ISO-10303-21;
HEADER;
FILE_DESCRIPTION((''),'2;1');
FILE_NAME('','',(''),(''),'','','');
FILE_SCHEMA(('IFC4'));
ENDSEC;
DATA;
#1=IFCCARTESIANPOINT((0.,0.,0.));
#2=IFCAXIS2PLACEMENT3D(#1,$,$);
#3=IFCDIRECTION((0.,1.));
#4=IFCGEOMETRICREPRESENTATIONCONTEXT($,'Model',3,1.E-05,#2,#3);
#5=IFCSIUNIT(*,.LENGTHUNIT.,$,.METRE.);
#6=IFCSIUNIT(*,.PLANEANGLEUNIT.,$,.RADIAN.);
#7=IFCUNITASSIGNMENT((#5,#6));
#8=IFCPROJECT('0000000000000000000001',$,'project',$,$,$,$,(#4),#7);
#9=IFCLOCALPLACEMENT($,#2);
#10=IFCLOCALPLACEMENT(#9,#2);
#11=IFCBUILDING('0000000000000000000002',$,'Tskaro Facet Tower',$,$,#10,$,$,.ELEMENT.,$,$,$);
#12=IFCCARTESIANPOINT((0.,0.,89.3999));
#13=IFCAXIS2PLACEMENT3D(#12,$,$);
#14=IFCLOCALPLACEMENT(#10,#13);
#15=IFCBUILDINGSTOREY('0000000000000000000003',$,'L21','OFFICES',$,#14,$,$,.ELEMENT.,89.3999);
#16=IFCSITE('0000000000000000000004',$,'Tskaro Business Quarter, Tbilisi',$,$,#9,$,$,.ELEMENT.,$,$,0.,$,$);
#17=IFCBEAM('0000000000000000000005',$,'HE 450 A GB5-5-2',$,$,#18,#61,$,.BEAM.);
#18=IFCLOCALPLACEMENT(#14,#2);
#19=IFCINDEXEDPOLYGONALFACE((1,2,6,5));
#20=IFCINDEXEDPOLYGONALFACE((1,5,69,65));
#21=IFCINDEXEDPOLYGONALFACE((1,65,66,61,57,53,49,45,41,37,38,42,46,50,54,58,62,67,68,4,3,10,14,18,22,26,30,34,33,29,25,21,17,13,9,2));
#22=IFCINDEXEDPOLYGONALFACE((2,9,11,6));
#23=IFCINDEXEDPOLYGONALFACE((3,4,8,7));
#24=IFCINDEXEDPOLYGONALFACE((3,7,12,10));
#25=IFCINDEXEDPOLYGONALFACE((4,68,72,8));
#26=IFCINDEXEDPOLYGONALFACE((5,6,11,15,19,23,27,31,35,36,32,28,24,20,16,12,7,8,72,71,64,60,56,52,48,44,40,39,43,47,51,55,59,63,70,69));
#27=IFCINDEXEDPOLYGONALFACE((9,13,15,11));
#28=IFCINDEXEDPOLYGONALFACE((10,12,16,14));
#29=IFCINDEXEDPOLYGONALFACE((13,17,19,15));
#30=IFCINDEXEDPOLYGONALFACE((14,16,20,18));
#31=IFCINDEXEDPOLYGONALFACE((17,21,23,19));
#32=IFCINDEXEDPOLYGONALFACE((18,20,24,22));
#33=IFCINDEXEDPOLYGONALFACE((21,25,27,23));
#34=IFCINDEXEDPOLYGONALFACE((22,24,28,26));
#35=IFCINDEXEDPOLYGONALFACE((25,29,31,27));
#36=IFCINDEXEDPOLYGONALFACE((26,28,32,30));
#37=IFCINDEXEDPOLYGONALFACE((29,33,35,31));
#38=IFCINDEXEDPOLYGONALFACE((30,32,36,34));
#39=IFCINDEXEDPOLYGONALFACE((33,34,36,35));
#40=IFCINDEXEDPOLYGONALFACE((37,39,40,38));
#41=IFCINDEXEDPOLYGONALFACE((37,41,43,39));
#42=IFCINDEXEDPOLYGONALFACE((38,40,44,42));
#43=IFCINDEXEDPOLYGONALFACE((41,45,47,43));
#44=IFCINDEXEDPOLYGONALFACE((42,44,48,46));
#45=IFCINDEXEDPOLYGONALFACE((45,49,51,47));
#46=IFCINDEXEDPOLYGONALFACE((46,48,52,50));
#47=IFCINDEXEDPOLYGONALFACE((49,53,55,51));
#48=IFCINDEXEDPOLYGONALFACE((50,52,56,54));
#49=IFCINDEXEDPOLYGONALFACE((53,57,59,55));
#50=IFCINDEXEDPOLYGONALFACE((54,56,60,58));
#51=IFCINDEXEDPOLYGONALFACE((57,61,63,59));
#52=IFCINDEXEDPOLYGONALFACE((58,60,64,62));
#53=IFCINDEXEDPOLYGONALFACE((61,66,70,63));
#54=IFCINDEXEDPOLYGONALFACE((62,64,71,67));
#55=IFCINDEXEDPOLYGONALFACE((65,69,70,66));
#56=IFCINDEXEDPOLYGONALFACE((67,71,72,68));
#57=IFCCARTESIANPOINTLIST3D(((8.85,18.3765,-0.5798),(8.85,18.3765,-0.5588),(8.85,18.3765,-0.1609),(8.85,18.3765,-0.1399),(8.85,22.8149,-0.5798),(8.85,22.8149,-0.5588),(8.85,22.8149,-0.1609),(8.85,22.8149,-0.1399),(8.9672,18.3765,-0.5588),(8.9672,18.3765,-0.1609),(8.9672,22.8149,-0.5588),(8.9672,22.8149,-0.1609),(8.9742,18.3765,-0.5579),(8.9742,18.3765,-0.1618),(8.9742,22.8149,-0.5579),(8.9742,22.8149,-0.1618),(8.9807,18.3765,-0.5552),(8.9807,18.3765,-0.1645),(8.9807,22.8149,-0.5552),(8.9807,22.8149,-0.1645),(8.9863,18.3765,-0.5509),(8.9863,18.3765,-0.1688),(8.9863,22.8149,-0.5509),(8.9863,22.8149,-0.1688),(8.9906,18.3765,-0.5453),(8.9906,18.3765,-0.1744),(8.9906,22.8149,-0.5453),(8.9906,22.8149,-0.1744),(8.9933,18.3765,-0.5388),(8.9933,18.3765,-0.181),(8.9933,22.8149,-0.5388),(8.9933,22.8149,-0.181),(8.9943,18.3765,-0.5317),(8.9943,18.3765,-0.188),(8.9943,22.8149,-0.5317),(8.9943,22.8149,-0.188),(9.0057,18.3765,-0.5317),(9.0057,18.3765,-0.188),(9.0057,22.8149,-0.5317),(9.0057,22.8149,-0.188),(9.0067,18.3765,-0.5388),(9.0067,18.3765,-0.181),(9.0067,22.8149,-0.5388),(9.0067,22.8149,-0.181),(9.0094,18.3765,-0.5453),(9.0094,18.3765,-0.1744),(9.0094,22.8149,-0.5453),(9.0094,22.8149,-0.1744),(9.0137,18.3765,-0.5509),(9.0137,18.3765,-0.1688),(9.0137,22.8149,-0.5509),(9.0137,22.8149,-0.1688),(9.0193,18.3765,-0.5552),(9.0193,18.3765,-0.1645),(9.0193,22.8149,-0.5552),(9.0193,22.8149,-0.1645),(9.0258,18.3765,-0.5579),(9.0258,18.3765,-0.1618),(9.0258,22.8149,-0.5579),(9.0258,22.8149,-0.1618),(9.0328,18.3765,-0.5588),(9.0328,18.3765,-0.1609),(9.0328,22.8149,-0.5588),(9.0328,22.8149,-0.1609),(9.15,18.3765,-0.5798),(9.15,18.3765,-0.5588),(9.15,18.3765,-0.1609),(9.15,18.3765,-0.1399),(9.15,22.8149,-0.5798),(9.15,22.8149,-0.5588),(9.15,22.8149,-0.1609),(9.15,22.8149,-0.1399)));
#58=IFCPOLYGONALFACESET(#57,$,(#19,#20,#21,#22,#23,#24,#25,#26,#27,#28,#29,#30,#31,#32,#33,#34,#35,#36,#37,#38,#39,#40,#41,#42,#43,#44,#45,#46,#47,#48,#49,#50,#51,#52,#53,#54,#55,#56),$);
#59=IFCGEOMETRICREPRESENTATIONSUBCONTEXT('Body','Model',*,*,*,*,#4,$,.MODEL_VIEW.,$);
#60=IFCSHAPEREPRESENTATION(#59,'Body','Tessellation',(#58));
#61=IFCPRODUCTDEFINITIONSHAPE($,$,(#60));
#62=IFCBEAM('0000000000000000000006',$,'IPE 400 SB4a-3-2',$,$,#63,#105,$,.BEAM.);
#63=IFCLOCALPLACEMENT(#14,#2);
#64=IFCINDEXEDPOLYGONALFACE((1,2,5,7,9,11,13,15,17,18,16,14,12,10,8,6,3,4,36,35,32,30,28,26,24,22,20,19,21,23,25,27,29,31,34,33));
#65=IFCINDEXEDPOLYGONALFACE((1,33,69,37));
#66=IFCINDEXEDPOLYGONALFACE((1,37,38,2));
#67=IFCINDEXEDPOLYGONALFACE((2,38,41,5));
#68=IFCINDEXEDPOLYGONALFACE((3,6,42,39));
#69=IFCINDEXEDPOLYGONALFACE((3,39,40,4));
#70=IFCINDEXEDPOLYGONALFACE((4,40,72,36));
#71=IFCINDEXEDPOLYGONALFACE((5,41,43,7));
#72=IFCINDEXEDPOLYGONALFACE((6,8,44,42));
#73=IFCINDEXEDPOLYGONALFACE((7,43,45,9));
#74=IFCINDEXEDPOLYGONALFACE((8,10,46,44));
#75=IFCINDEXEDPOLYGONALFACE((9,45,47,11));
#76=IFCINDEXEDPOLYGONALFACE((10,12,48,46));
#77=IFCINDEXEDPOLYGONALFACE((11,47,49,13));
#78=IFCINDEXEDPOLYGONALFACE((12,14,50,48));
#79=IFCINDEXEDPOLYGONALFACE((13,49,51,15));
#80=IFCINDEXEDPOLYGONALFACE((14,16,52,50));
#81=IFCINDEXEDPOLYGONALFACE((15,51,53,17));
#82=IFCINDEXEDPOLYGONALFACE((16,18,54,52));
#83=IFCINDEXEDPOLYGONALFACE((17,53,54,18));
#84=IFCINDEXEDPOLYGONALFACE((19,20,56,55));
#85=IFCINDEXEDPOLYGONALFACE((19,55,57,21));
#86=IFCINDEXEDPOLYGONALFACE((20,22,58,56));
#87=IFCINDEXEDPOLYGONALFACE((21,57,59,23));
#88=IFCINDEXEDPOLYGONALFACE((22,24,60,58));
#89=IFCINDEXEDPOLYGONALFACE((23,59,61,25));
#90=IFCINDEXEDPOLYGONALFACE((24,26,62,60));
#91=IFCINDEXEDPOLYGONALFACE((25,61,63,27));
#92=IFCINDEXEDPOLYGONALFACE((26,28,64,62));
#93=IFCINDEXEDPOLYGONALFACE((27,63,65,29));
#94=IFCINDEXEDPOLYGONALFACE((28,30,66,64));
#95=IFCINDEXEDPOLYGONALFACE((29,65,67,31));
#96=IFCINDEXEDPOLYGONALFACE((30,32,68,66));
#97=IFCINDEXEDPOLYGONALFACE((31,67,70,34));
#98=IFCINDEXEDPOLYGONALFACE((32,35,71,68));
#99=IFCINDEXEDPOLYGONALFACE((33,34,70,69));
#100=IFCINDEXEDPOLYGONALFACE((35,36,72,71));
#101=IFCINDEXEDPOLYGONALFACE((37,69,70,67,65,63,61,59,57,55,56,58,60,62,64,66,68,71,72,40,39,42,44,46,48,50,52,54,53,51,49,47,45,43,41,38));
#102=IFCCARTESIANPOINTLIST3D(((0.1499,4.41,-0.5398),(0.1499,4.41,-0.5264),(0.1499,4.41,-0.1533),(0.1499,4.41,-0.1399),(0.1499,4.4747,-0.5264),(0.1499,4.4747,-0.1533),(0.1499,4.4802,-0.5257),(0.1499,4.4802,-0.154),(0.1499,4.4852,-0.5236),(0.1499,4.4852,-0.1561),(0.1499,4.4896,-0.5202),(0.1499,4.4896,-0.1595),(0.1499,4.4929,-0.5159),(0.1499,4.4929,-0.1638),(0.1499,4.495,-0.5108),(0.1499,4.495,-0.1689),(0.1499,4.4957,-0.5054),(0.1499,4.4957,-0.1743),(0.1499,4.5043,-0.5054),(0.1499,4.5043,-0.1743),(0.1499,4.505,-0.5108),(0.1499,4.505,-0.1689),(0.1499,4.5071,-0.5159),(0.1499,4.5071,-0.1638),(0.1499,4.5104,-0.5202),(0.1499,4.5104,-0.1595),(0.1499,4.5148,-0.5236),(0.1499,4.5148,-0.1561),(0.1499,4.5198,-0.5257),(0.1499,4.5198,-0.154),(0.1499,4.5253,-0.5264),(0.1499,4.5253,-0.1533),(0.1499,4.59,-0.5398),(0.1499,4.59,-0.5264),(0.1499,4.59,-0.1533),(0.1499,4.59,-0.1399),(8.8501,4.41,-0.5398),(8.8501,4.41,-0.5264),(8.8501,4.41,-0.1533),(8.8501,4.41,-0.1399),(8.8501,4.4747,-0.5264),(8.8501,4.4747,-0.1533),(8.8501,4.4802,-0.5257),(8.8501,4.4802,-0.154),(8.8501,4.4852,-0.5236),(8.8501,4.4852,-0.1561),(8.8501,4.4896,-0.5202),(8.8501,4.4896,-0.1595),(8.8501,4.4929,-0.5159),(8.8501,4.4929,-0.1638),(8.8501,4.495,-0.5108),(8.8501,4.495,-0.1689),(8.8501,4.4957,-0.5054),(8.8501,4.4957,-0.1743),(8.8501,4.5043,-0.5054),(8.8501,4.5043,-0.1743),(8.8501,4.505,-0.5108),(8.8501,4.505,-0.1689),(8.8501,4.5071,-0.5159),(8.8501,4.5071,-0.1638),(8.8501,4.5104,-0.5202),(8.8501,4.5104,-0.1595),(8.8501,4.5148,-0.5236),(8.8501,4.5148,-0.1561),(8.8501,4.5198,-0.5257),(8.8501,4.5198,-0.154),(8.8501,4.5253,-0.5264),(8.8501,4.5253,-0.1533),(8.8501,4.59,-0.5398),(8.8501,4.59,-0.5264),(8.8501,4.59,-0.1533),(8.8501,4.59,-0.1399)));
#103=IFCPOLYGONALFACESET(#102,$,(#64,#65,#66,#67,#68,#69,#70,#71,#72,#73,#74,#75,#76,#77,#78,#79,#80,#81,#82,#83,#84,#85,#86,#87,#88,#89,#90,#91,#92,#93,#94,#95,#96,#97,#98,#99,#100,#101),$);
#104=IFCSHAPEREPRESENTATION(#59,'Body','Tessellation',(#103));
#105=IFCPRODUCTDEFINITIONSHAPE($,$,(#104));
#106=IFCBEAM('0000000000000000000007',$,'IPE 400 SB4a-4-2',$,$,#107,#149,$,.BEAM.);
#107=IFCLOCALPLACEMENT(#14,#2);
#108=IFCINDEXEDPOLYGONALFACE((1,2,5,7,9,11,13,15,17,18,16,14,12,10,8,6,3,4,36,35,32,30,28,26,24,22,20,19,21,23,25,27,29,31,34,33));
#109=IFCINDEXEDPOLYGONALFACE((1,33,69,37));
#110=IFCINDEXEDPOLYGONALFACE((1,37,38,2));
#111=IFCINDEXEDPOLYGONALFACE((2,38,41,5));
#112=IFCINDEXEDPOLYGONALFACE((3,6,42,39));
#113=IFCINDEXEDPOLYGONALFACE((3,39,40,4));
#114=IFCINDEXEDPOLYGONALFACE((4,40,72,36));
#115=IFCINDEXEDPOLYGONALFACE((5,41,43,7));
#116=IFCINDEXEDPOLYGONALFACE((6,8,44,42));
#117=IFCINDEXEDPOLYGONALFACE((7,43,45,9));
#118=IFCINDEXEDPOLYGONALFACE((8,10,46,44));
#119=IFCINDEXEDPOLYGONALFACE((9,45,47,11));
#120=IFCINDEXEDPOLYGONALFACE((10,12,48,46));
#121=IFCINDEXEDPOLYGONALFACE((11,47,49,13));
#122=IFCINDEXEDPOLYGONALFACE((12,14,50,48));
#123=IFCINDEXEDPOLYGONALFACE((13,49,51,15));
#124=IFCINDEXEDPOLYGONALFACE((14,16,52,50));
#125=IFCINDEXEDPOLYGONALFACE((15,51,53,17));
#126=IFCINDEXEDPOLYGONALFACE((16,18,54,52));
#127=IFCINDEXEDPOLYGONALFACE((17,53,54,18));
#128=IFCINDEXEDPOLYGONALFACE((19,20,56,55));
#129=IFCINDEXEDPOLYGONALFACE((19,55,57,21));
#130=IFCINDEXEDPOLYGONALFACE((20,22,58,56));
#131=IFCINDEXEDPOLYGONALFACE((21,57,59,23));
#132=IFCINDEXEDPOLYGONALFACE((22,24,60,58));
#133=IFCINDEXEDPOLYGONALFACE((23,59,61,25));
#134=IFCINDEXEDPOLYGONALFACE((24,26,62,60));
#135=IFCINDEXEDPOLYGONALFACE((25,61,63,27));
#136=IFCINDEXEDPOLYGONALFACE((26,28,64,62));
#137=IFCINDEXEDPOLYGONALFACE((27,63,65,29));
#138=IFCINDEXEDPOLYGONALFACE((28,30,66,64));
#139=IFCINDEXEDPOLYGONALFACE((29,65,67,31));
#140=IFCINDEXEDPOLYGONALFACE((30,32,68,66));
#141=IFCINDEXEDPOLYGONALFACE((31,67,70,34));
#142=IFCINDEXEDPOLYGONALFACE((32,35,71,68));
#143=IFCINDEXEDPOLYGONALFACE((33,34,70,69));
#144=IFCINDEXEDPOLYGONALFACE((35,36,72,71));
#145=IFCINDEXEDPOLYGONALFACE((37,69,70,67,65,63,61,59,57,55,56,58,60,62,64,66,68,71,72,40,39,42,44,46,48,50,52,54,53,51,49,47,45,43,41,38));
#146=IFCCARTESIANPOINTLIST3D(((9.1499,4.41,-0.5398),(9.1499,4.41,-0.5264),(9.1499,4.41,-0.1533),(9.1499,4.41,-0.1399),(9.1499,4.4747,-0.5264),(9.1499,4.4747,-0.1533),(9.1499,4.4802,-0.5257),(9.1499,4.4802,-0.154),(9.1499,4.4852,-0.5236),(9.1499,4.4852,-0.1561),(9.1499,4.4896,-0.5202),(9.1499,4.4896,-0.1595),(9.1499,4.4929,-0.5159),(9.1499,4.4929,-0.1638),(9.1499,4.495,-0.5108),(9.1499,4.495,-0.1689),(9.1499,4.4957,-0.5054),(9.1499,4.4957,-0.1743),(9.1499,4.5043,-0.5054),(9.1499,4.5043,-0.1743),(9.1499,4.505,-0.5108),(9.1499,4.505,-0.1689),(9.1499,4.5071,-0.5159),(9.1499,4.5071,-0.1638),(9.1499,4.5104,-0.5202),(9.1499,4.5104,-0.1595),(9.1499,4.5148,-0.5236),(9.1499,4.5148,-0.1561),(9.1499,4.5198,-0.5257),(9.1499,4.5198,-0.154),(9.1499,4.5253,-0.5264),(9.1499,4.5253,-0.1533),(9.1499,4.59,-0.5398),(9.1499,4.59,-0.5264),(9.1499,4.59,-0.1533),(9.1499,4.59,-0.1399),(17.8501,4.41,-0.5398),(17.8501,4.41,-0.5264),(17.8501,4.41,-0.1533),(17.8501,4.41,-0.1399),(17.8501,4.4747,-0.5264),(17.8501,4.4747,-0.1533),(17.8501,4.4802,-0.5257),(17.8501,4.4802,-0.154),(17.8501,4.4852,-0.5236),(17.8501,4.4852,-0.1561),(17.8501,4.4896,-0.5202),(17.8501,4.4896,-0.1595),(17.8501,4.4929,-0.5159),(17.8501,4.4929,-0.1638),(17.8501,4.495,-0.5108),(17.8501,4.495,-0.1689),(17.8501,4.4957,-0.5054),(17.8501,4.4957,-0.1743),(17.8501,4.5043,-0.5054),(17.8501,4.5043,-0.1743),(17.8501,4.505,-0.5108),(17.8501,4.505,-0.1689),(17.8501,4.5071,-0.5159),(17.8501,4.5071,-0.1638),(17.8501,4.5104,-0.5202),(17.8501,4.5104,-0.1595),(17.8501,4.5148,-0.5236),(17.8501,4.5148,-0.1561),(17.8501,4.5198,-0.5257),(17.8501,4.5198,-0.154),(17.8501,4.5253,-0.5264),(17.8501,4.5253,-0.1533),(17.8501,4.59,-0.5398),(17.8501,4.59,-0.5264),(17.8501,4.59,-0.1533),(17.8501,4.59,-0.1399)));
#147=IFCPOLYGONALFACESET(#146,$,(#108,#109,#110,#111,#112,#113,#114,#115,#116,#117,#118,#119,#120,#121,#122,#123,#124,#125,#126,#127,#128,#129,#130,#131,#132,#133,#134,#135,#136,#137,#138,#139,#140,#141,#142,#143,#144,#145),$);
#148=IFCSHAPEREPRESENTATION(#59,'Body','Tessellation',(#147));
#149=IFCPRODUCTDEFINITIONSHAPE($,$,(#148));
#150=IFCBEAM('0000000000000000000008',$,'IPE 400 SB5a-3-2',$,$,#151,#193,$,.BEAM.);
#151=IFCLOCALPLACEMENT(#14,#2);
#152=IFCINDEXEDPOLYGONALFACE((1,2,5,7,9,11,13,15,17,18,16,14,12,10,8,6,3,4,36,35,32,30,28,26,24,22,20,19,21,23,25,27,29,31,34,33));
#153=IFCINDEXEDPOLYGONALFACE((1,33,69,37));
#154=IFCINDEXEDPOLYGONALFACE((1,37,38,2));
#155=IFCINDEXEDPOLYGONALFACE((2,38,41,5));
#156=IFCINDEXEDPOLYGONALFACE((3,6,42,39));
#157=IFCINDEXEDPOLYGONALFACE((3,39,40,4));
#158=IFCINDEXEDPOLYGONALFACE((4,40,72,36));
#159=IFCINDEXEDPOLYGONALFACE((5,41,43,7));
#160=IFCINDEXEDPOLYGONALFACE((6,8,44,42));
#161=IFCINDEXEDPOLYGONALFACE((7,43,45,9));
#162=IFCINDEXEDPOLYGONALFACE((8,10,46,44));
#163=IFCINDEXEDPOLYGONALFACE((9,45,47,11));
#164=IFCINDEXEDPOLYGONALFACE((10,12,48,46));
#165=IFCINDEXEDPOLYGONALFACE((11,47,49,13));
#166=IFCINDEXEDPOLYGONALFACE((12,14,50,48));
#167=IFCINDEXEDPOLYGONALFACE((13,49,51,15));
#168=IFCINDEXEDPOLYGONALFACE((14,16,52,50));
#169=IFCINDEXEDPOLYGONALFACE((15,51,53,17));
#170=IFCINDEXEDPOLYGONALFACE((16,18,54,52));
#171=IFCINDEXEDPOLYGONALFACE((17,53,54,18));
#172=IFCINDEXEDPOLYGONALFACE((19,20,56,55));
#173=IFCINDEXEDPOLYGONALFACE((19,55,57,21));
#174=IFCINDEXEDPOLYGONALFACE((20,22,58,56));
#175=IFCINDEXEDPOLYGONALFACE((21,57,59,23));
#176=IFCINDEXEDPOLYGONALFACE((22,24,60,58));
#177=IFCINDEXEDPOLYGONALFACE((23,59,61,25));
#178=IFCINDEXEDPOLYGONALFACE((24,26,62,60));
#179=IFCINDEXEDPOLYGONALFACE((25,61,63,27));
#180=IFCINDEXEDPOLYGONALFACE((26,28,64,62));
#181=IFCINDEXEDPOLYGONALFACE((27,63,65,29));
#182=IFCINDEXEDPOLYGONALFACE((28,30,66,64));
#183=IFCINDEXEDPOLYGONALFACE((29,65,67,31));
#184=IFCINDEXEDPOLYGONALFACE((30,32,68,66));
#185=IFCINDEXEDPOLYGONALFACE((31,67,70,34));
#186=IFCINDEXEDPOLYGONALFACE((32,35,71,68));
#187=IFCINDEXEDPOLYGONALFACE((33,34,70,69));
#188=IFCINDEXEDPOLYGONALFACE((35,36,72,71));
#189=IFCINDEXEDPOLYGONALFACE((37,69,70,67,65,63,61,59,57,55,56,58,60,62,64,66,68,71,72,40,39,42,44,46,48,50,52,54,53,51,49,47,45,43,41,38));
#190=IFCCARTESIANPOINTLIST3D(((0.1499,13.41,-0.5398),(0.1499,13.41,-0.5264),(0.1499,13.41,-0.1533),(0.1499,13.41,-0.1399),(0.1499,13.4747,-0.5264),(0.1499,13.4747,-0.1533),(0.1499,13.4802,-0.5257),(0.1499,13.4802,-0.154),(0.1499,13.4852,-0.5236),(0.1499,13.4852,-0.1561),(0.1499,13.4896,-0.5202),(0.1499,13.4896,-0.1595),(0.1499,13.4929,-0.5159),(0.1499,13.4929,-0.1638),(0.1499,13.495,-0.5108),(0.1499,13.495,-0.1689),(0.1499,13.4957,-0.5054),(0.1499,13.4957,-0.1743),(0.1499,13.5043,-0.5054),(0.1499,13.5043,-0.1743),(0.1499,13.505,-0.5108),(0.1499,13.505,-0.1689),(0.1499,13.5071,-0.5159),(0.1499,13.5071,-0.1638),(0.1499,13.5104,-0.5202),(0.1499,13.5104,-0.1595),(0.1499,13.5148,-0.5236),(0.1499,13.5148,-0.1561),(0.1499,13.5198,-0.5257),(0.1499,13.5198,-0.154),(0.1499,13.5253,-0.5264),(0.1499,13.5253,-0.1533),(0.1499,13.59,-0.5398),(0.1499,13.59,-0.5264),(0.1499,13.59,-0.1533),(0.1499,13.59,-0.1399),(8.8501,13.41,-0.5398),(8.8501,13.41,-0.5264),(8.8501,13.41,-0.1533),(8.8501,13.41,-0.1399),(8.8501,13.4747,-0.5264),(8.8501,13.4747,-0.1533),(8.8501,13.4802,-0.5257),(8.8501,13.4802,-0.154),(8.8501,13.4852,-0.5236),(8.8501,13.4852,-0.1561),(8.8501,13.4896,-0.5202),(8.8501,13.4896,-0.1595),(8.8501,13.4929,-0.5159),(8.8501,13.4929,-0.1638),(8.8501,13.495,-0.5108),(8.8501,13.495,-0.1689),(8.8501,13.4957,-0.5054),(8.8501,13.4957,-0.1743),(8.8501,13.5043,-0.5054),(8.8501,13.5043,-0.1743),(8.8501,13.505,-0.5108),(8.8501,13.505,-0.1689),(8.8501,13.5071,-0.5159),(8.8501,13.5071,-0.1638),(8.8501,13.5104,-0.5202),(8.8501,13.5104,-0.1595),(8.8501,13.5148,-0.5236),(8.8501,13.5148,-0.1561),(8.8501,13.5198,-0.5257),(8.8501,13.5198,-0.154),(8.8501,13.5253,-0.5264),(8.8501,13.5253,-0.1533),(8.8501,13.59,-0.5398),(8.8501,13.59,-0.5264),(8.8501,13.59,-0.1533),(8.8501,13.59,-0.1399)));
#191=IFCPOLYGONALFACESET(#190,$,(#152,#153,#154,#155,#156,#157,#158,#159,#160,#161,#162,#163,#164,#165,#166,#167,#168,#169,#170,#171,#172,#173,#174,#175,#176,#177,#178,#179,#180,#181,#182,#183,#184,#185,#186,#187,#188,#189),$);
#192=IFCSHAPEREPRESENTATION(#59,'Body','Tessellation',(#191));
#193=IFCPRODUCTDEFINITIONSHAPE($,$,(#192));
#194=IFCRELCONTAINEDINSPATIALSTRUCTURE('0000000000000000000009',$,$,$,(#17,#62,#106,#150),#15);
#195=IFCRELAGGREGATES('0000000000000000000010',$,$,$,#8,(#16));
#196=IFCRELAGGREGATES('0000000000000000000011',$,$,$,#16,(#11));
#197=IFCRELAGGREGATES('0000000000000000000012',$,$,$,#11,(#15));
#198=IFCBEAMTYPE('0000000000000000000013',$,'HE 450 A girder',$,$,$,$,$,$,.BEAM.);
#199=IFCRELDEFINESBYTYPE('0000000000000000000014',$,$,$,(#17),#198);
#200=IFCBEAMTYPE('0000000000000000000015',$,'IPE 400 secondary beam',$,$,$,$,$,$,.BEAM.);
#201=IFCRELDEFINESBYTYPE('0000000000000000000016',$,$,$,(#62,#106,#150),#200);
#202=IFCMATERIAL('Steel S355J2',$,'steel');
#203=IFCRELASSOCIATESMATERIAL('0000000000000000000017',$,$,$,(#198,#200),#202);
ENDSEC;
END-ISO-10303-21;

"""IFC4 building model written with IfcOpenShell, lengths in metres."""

from ifc_helpers import new_model, si_unit, direction, frame, origin, origin_2d, place, context, subcontext, project, spatial, i_section, extrude, material, material_profile, profile_set, type_object, element, save


model = new_model("IFC4")

# Units and contexts
model_context = context("Model", 3, precision=1e-05, world=origin(), true_north=direction((0.0, 1.0)))
body_context = subcontext(model_context, "Body", "Model", "MODEL_VIEW")
ifc_project = project(units=[si_unit("LENGTHUNIT", "METRE"), si_unit("PLANEANGLEUNIT", "RADIAN")], contexts=[model_context])

# Site, building, storey
site_placement = place(None, origin())
site = spatial("IfcSite", under=ifc_project, at=site_placement, Name="Tskaro Business Quarter, Tbilisi", CompositionType="ELEMENT", RefElevation=0.0)
building_placement = place(site_placement, origin())
building = spatial("IfcBuilding", under=site, at=building_placement, Name="Tskaro Facet Tower", CompositionType="ELEMENT")
storey_placement = place(building_placement, frame((0.0, 0.0, 89.3999)))
storey = spatial("IfcBuildingStorey", under=building, at=storey_placement, Name="L21", Description="OFFICES", CompositionType="ELEMENT", Elevation=89.3999)

# Beams
ifc_material_1 = material(Name="Steel S355J2", Category="steel")
ifc_material_profile_1 = material_profile(ifc_material_1, i_section(OverallWidth=0.3, OverallDepth=0.4399, WebThickness=0.0115, FlangeThickness=0.021, FilletRadius=0.0271, at=origin_2d()), Name="HE 450 A")
ifc_profile_set_1 = profile_set([ifc_material_profile_1], Name="Steel S355J2")
beam_type_1 = type_object("IfcBeamType", Name="HE 450 A girder", PredefinedType="BEAM", material=ifc_profile_set_1)
beam_1_placement = place(storey_placement, frame((9.0, 18.3765, -0.3599), z_axis=(0.0, 1.0, 0.0), x_axis=(-1.0, 0.0, 0.0)))
element("IfcBeam", 1, at=beam_1_placement, inside=storey, type_object=beam_type_1, Name="HE 450 A GB5-5-2", PredefinedType="BEAM", context=body_context, shape_type="SweptSolid", body=[
    extrude(i_section(OverallWidth=0.3, OverallDepth=0.4399, WebThickness=0.0115, FlangeThickness=0.021, FilletRadius=0.0271, at=origin_2d()), origin(), (0.0, 0.0, 1.0), 4.4385),
])
ifc_material_profile_2 = material_profile(ifc_material_1, i_section(OverallWidth=0.1799, OverallDepth=0.3999, WebThickness=0.0085, FlangeThickness=0.0134, FilletRadius=0.021, at=origin_2d()), Name="IPE 400")
ifc_profile_set_2 = profile_set([ifc_material_profile_2], Name="Steel S355J2")
beam_type_2 = type_object("IfcBeamType", Name="IPE 400 secondary beam", PredefinedType="BEAM", material=ifc_profile_set_2)
for number, where, z_axis, x_axis, name in (
    (2, (0.1499, 4.5, -0.3398), (1.0, 0.0, 0.0), (0.0, 1.0, 0.0), "IPE 400 SB4a-3-2"),
    (3, (9.1499, 4.5, -0.3398), (1.0, 0.0, 0.0), (0.0, 1.0, 0.0), "IPE 400 SB4a-4-2"),
    (4, (0.1499, 13.5, -0.3398), (1.0, 0.0, 0.0), (0.0, 1.0, 0.0), "IPE 400 SB5a-3-2"),
):
    element("IfcBeam", number, at=place(storey_placement, frame(where, z_axis=z_axis, x_axis=x_axis)), inside=storey, type_object=beam_type_2, Name=name, PredefinedType="BEAM", context=body_context, shape_type="SweptSolid", body=[
        extrude(i_section(OverallWidth=0.1799, OverallDepth=0.3999, WebThickness=0.0085, FlangeThickness=0.0134, FilletRadius=0.021, at=origin_2d()), origin(), (0.0, 0.0, 1.0), 8.7002),
    ])

save(model, "model.ifc")
